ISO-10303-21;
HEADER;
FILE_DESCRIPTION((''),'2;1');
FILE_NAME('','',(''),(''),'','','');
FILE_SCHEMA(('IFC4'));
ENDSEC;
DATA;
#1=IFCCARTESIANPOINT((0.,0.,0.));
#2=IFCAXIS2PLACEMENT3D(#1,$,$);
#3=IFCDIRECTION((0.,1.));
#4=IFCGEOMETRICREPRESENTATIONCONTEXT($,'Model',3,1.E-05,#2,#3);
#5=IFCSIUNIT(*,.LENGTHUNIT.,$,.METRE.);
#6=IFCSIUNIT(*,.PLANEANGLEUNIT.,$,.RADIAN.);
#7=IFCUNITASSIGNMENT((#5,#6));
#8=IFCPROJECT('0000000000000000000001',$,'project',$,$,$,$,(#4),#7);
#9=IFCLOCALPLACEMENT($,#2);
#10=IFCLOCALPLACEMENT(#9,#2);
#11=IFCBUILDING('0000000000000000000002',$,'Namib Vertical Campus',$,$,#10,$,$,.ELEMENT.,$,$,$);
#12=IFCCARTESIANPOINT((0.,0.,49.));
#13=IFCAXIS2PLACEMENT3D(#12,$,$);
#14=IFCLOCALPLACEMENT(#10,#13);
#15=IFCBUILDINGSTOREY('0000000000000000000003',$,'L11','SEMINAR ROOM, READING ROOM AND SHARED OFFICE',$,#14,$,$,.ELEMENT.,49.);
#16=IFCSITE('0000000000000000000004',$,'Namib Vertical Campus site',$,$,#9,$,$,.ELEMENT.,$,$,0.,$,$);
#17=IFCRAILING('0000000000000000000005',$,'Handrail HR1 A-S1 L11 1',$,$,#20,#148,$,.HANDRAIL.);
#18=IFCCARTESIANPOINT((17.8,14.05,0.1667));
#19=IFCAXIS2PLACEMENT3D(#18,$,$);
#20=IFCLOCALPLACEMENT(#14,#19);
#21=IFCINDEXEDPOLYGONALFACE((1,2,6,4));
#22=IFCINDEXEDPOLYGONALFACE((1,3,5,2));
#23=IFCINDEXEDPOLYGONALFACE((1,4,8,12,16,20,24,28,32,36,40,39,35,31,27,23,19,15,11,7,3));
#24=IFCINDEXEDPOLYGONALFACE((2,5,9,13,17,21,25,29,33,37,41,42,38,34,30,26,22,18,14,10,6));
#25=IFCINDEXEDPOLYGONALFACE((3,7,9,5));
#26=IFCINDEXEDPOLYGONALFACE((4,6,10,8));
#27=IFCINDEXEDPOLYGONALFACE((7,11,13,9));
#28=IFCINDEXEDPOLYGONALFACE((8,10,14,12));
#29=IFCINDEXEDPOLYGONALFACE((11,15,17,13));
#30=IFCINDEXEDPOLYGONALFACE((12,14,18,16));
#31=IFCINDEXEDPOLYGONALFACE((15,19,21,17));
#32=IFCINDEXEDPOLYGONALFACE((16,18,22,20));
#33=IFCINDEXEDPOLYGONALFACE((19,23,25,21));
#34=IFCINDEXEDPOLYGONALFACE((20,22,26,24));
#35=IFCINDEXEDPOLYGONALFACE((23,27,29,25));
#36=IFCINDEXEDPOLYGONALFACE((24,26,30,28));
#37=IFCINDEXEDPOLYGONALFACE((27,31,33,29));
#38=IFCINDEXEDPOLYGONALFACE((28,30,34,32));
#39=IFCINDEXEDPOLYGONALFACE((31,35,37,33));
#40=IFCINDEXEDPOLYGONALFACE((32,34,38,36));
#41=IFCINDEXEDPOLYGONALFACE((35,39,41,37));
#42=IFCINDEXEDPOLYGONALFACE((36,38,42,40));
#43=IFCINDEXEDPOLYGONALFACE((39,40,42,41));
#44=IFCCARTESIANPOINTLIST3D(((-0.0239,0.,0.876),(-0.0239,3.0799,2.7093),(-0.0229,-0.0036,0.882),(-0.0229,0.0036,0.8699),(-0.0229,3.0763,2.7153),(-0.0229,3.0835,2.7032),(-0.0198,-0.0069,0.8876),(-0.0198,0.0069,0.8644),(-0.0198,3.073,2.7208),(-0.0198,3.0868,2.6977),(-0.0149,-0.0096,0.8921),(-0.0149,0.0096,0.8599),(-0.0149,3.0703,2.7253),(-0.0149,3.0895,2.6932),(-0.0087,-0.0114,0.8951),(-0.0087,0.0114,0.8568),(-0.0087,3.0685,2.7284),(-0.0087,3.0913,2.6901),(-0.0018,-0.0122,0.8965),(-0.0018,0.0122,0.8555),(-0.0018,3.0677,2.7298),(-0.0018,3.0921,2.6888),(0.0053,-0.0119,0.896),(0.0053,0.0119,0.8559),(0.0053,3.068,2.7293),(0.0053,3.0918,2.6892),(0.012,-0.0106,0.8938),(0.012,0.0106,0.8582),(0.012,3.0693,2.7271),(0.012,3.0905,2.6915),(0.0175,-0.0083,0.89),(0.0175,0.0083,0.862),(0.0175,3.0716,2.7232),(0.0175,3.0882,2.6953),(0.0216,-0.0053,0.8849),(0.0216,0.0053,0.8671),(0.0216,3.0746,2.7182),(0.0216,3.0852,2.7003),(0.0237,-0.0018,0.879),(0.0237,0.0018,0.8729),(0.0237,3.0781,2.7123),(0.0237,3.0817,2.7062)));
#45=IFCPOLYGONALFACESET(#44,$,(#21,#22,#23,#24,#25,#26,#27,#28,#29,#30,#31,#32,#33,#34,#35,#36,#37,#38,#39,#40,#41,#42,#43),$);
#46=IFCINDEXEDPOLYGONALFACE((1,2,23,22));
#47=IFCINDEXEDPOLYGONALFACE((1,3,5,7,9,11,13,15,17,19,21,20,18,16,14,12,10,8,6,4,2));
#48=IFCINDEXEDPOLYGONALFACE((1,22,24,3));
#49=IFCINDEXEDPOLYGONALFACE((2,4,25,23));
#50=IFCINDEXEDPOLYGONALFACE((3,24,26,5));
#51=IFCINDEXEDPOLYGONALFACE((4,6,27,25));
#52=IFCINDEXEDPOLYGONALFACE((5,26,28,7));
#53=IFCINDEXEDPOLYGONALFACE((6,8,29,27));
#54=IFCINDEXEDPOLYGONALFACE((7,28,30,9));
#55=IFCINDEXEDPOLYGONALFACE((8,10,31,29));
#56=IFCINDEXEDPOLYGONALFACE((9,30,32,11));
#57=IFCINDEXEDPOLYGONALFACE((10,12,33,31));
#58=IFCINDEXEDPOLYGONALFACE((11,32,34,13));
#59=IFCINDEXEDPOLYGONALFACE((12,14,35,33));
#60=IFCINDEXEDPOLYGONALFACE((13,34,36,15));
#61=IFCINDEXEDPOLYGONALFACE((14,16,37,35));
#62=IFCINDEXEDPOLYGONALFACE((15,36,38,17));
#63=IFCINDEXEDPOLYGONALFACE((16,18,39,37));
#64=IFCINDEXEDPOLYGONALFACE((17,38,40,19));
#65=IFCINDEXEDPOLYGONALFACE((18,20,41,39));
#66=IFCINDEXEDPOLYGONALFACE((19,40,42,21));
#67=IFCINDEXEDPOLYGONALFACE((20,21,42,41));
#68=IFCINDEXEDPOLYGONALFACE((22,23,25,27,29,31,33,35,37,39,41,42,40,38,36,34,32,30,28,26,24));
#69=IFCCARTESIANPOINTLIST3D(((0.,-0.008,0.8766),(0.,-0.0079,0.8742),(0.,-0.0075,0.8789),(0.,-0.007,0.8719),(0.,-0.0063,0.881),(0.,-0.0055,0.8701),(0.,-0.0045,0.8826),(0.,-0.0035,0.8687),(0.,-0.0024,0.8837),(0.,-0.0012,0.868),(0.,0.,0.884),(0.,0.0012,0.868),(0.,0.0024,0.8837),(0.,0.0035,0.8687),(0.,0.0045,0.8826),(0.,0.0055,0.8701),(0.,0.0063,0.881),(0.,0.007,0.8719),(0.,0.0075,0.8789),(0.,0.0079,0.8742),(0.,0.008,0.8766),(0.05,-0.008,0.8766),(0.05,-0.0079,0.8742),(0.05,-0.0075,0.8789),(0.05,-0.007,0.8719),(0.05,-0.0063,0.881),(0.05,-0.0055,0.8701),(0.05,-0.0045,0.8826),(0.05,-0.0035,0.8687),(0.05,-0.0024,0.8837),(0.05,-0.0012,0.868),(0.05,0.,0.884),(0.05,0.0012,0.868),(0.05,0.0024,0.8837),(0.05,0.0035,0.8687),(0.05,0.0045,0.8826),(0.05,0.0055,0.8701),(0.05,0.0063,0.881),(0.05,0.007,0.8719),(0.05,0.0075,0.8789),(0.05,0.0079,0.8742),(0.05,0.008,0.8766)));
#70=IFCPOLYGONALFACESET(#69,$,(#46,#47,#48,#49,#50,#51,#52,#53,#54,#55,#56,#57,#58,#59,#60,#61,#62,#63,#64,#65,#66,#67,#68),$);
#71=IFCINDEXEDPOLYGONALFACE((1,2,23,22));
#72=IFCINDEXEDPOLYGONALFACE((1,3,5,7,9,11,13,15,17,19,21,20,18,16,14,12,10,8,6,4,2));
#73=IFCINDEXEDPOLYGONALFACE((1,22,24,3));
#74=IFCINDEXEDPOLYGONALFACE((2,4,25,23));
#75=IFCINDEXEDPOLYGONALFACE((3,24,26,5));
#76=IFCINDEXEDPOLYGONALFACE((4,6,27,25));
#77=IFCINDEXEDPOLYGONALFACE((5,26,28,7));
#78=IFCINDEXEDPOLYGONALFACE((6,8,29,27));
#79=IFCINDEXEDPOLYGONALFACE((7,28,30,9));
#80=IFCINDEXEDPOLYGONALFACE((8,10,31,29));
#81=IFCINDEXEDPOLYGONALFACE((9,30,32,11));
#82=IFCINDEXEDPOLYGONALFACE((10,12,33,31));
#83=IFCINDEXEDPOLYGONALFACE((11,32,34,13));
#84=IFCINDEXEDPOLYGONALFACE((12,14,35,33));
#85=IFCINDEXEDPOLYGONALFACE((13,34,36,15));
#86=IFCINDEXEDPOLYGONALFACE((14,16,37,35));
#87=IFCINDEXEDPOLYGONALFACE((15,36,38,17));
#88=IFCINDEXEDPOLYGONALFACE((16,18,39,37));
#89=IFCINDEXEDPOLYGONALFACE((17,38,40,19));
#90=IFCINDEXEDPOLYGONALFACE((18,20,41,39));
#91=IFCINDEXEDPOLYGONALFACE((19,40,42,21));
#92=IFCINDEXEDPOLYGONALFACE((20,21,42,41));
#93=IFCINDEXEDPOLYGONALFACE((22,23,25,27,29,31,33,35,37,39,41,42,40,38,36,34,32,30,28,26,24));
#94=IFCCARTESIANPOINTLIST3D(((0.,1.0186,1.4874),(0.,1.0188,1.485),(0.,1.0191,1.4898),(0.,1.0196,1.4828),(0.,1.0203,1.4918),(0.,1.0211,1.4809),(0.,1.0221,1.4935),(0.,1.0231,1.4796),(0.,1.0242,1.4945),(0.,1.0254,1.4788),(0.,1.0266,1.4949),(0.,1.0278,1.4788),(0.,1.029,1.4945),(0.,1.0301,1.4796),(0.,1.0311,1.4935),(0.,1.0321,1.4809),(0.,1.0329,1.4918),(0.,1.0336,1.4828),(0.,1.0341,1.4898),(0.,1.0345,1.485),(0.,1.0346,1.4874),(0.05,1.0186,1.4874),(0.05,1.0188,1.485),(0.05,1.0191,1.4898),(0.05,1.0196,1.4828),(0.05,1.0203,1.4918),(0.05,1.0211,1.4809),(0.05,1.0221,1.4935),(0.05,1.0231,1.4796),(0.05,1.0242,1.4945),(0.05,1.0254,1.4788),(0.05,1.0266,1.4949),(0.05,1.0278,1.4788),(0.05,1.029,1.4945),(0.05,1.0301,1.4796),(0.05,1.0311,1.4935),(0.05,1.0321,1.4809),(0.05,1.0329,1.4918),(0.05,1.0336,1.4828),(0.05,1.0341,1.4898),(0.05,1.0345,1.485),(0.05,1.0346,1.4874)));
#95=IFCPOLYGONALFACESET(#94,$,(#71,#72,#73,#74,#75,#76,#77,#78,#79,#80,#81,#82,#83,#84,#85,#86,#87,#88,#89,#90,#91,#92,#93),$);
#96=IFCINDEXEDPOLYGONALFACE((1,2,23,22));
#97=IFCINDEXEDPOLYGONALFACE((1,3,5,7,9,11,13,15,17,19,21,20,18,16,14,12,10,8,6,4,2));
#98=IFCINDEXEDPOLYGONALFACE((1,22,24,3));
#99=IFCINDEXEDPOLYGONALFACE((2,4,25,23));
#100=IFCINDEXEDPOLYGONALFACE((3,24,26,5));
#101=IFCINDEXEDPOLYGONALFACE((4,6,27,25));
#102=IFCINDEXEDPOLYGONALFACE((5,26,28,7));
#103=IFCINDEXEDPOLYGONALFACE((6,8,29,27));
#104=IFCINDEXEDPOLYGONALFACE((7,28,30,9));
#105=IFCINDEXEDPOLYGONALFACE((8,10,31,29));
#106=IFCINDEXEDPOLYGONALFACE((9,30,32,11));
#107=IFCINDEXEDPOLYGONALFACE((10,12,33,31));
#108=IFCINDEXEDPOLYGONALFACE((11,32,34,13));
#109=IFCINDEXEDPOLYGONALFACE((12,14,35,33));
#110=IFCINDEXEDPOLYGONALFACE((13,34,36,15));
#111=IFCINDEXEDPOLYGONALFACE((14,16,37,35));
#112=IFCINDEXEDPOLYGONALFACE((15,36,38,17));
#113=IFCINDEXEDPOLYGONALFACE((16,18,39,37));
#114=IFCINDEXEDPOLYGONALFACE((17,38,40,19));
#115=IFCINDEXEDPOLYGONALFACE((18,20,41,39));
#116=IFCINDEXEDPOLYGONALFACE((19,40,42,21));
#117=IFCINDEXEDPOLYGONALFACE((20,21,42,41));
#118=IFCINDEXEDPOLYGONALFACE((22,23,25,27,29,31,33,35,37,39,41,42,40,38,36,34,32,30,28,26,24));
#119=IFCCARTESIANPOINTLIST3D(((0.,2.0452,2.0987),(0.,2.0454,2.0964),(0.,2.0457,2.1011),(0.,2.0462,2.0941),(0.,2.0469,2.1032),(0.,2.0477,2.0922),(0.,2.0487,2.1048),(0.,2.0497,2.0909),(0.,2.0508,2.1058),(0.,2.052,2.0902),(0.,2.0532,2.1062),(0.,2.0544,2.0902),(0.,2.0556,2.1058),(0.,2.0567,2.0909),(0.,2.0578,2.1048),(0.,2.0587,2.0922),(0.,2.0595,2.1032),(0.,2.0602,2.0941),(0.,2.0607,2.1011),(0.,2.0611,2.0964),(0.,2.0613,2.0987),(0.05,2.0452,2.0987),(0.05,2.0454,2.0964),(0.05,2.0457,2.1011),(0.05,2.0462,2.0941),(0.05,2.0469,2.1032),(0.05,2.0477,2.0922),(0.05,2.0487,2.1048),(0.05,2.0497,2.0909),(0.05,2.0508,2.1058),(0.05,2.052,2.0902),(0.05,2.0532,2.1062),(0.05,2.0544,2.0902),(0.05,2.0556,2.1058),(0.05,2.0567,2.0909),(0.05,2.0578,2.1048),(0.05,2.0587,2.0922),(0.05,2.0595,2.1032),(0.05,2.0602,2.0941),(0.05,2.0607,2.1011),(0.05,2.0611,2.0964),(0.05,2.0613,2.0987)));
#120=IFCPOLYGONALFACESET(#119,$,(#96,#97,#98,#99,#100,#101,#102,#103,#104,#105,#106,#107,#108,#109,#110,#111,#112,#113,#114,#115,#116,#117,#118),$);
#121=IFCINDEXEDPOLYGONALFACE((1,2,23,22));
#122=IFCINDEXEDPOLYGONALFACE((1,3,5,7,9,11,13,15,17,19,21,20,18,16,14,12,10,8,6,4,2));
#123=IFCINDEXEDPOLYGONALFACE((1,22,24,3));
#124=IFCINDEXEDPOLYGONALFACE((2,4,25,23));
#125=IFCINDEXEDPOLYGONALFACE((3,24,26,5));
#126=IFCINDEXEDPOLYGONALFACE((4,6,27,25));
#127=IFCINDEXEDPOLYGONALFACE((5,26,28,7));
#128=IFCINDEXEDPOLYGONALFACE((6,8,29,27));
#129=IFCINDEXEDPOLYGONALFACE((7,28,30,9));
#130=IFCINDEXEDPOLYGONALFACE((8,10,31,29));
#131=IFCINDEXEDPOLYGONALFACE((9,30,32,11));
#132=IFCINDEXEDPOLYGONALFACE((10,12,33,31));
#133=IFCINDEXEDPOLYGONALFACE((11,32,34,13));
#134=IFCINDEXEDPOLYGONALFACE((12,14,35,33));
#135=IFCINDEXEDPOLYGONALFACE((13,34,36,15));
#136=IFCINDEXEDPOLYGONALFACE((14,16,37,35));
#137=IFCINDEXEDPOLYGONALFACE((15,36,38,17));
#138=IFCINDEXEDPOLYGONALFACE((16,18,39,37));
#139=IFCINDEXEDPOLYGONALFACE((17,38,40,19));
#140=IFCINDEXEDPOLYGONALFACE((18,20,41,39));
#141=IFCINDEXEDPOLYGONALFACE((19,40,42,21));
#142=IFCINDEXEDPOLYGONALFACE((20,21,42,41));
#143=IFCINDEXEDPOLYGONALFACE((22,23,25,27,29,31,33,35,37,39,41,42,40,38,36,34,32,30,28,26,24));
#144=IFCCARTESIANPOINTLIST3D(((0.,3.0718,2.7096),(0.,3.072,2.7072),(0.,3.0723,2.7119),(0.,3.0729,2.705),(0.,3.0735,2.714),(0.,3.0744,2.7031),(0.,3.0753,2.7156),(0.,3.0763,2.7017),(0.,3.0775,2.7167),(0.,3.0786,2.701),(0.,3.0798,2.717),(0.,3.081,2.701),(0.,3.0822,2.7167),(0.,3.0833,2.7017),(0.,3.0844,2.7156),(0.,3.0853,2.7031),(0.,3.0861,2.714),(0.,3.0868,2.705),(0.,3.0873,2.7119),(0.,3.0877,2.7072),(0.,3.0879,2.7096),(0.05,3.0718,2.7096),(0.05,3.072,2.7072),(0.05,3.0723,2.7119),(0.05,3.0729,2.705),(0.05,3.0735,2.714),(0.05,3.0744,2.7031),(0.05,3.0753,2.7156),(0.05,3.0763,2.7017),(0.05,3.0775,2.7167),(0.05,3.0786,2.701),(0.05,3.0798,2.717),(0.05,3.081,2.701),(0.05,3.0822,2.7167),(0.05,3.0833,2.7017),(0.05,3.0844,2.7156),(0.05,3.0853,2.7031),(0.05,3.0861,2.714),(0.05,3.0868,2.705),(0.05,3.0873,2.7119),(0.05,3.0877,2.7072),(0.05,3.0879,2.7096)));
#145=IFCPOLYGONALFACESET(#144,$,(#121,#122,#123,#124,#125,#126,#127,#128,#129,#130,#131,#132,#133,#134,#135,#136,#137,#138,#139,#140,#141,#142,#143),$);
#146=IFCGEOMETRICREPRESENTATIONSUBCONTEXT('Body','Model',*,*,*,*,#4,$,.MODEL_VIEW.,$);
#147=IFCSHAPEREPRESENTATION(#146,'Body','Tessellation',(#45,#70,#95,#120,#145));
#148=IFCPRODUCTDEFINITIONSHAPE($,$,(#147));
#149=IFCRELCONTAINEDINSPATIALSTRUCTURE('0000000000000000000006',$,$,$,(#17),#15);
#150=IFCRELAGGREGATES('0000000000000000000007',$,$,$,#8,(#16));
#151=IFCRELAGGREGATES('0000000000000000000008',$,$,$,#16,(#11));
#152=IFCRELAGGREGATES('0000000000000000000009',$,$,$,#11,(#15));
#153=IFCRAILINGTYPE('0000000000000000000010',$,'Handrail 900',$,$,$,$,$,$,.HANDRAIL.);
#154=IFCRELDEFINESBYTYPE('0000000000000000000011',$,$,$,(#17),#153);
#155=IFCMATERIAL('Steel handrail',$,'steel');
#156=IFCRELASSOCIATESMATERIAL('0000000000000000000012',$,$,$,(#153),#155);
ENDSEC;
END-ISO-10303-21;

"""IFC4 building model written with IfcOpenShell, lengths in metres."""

from ifc_helpers import new_model, si_unit, direction, frame, origin, origin_2d, place, context, subcontext, project, spatial, circle, extrude, material, type_object, element, save


model = new_model("IFC4")

# Units and contexts
model_context = context("Model", 3, precision=1e-05, world=origin(), true_north=direction((0.0, 1.0)))
body_context = subcontext(model_context, "Body", "Model", "MODEL_VIEW")
ifc_project = project(units=[si_unit("LENGTHUNIT", "METRE"), si_unit("PLANEANGLEUNIT", "RADIAN")], contexts=[model_context])

# Site, building, storey
site_placement = place(None, origin())
site = spatial("IfcSite", under=ifc_project, at=site_placement, Name="Namib Vertical Campus site", CompositionType="ELEMENT", RefElevation=0.0)
building_placement = place(site_placement, origin())
building = spatial("IfcBuilding", under=site, at=building_placement, Name="Namib Vertical Campus", CompositionType="ELEMENT")
storey_placement = place(building_placement, frame((0.0, 0.0, 49.0)))
storey = spatial("IfcBuildingStorey", under=building, at=storey_placement, Name="L11", Description="SEMINAR ROOM, READING ROOM AND SHARED OFFICE", CompositionType="ELEMENT", Elevation=49.0)

# Railing
ifc_material_1 = material(Name="Steel handrail", Category="steel")
railing_type_1 = type_object("IfcRailingType", Name="Handrail 900", PredefinedType="HANDRAIL", material=ifc_material_1)
railing_1_placement = place(storey_placement, frame((17.8, 14.05, 0.1667)))
element("IfcRailing", 1, at=railing_1_placement, inside=storey, type_object=railing_type_1, Name="Handrail HR1 A-S1 L11 1", PredefinedType="HANDRAIL", context=body_context, shape_type="SweptSolid", body=[
    extrude(circle(Radius=0.0239, at=origin_2d()), frame((0.0, 0.0, 0.876), z_axis=(0.0, 0.859291, 0.511487), x_axis=(-1.0, 0.0, 0.0)), (0.0, 0.0, 1.0), 3.5842),
    extrude(circle(Radius=0.0081, at=origin_2d()), frame((0.0, 0.0, 0.876), z_axis=(1.0, 0.0, 0.0), x_axis=(0.0, 0.0, 1.0)), (0.0, 0.0, 1.0), 0.05),
    extrude(circle(Radius=0.0081, at=origin_2d()), frame((0.0, 1.0266, 1.4868), z_axis=(1.0, 0.0, 0.0), x_axis=(0.0, 0.0, 1.0)), (0.0, 0.0, 1.0), 0.05),
    extrude(circle(Radius=0.0081, at=origin_2d()), frame((0.0, 2.0532, 2.0981), z_axis=(1.0, 0.0, 0.0), x_axis=(0.0, 0.0, 1.0)), (0.0, 0.0, 1.0), 0.05),
    extrude(circle(Radius=0.0081, at=origin_2d()), frame((0.0, 3.0798, 2.709), z_axis=(1.0, 0.0, 0.0), x_axis=(0.0, 0.0, 1.0)), (0.0, 0.0, 1.0), 0.05),
])

save(model, "model.ifc")
